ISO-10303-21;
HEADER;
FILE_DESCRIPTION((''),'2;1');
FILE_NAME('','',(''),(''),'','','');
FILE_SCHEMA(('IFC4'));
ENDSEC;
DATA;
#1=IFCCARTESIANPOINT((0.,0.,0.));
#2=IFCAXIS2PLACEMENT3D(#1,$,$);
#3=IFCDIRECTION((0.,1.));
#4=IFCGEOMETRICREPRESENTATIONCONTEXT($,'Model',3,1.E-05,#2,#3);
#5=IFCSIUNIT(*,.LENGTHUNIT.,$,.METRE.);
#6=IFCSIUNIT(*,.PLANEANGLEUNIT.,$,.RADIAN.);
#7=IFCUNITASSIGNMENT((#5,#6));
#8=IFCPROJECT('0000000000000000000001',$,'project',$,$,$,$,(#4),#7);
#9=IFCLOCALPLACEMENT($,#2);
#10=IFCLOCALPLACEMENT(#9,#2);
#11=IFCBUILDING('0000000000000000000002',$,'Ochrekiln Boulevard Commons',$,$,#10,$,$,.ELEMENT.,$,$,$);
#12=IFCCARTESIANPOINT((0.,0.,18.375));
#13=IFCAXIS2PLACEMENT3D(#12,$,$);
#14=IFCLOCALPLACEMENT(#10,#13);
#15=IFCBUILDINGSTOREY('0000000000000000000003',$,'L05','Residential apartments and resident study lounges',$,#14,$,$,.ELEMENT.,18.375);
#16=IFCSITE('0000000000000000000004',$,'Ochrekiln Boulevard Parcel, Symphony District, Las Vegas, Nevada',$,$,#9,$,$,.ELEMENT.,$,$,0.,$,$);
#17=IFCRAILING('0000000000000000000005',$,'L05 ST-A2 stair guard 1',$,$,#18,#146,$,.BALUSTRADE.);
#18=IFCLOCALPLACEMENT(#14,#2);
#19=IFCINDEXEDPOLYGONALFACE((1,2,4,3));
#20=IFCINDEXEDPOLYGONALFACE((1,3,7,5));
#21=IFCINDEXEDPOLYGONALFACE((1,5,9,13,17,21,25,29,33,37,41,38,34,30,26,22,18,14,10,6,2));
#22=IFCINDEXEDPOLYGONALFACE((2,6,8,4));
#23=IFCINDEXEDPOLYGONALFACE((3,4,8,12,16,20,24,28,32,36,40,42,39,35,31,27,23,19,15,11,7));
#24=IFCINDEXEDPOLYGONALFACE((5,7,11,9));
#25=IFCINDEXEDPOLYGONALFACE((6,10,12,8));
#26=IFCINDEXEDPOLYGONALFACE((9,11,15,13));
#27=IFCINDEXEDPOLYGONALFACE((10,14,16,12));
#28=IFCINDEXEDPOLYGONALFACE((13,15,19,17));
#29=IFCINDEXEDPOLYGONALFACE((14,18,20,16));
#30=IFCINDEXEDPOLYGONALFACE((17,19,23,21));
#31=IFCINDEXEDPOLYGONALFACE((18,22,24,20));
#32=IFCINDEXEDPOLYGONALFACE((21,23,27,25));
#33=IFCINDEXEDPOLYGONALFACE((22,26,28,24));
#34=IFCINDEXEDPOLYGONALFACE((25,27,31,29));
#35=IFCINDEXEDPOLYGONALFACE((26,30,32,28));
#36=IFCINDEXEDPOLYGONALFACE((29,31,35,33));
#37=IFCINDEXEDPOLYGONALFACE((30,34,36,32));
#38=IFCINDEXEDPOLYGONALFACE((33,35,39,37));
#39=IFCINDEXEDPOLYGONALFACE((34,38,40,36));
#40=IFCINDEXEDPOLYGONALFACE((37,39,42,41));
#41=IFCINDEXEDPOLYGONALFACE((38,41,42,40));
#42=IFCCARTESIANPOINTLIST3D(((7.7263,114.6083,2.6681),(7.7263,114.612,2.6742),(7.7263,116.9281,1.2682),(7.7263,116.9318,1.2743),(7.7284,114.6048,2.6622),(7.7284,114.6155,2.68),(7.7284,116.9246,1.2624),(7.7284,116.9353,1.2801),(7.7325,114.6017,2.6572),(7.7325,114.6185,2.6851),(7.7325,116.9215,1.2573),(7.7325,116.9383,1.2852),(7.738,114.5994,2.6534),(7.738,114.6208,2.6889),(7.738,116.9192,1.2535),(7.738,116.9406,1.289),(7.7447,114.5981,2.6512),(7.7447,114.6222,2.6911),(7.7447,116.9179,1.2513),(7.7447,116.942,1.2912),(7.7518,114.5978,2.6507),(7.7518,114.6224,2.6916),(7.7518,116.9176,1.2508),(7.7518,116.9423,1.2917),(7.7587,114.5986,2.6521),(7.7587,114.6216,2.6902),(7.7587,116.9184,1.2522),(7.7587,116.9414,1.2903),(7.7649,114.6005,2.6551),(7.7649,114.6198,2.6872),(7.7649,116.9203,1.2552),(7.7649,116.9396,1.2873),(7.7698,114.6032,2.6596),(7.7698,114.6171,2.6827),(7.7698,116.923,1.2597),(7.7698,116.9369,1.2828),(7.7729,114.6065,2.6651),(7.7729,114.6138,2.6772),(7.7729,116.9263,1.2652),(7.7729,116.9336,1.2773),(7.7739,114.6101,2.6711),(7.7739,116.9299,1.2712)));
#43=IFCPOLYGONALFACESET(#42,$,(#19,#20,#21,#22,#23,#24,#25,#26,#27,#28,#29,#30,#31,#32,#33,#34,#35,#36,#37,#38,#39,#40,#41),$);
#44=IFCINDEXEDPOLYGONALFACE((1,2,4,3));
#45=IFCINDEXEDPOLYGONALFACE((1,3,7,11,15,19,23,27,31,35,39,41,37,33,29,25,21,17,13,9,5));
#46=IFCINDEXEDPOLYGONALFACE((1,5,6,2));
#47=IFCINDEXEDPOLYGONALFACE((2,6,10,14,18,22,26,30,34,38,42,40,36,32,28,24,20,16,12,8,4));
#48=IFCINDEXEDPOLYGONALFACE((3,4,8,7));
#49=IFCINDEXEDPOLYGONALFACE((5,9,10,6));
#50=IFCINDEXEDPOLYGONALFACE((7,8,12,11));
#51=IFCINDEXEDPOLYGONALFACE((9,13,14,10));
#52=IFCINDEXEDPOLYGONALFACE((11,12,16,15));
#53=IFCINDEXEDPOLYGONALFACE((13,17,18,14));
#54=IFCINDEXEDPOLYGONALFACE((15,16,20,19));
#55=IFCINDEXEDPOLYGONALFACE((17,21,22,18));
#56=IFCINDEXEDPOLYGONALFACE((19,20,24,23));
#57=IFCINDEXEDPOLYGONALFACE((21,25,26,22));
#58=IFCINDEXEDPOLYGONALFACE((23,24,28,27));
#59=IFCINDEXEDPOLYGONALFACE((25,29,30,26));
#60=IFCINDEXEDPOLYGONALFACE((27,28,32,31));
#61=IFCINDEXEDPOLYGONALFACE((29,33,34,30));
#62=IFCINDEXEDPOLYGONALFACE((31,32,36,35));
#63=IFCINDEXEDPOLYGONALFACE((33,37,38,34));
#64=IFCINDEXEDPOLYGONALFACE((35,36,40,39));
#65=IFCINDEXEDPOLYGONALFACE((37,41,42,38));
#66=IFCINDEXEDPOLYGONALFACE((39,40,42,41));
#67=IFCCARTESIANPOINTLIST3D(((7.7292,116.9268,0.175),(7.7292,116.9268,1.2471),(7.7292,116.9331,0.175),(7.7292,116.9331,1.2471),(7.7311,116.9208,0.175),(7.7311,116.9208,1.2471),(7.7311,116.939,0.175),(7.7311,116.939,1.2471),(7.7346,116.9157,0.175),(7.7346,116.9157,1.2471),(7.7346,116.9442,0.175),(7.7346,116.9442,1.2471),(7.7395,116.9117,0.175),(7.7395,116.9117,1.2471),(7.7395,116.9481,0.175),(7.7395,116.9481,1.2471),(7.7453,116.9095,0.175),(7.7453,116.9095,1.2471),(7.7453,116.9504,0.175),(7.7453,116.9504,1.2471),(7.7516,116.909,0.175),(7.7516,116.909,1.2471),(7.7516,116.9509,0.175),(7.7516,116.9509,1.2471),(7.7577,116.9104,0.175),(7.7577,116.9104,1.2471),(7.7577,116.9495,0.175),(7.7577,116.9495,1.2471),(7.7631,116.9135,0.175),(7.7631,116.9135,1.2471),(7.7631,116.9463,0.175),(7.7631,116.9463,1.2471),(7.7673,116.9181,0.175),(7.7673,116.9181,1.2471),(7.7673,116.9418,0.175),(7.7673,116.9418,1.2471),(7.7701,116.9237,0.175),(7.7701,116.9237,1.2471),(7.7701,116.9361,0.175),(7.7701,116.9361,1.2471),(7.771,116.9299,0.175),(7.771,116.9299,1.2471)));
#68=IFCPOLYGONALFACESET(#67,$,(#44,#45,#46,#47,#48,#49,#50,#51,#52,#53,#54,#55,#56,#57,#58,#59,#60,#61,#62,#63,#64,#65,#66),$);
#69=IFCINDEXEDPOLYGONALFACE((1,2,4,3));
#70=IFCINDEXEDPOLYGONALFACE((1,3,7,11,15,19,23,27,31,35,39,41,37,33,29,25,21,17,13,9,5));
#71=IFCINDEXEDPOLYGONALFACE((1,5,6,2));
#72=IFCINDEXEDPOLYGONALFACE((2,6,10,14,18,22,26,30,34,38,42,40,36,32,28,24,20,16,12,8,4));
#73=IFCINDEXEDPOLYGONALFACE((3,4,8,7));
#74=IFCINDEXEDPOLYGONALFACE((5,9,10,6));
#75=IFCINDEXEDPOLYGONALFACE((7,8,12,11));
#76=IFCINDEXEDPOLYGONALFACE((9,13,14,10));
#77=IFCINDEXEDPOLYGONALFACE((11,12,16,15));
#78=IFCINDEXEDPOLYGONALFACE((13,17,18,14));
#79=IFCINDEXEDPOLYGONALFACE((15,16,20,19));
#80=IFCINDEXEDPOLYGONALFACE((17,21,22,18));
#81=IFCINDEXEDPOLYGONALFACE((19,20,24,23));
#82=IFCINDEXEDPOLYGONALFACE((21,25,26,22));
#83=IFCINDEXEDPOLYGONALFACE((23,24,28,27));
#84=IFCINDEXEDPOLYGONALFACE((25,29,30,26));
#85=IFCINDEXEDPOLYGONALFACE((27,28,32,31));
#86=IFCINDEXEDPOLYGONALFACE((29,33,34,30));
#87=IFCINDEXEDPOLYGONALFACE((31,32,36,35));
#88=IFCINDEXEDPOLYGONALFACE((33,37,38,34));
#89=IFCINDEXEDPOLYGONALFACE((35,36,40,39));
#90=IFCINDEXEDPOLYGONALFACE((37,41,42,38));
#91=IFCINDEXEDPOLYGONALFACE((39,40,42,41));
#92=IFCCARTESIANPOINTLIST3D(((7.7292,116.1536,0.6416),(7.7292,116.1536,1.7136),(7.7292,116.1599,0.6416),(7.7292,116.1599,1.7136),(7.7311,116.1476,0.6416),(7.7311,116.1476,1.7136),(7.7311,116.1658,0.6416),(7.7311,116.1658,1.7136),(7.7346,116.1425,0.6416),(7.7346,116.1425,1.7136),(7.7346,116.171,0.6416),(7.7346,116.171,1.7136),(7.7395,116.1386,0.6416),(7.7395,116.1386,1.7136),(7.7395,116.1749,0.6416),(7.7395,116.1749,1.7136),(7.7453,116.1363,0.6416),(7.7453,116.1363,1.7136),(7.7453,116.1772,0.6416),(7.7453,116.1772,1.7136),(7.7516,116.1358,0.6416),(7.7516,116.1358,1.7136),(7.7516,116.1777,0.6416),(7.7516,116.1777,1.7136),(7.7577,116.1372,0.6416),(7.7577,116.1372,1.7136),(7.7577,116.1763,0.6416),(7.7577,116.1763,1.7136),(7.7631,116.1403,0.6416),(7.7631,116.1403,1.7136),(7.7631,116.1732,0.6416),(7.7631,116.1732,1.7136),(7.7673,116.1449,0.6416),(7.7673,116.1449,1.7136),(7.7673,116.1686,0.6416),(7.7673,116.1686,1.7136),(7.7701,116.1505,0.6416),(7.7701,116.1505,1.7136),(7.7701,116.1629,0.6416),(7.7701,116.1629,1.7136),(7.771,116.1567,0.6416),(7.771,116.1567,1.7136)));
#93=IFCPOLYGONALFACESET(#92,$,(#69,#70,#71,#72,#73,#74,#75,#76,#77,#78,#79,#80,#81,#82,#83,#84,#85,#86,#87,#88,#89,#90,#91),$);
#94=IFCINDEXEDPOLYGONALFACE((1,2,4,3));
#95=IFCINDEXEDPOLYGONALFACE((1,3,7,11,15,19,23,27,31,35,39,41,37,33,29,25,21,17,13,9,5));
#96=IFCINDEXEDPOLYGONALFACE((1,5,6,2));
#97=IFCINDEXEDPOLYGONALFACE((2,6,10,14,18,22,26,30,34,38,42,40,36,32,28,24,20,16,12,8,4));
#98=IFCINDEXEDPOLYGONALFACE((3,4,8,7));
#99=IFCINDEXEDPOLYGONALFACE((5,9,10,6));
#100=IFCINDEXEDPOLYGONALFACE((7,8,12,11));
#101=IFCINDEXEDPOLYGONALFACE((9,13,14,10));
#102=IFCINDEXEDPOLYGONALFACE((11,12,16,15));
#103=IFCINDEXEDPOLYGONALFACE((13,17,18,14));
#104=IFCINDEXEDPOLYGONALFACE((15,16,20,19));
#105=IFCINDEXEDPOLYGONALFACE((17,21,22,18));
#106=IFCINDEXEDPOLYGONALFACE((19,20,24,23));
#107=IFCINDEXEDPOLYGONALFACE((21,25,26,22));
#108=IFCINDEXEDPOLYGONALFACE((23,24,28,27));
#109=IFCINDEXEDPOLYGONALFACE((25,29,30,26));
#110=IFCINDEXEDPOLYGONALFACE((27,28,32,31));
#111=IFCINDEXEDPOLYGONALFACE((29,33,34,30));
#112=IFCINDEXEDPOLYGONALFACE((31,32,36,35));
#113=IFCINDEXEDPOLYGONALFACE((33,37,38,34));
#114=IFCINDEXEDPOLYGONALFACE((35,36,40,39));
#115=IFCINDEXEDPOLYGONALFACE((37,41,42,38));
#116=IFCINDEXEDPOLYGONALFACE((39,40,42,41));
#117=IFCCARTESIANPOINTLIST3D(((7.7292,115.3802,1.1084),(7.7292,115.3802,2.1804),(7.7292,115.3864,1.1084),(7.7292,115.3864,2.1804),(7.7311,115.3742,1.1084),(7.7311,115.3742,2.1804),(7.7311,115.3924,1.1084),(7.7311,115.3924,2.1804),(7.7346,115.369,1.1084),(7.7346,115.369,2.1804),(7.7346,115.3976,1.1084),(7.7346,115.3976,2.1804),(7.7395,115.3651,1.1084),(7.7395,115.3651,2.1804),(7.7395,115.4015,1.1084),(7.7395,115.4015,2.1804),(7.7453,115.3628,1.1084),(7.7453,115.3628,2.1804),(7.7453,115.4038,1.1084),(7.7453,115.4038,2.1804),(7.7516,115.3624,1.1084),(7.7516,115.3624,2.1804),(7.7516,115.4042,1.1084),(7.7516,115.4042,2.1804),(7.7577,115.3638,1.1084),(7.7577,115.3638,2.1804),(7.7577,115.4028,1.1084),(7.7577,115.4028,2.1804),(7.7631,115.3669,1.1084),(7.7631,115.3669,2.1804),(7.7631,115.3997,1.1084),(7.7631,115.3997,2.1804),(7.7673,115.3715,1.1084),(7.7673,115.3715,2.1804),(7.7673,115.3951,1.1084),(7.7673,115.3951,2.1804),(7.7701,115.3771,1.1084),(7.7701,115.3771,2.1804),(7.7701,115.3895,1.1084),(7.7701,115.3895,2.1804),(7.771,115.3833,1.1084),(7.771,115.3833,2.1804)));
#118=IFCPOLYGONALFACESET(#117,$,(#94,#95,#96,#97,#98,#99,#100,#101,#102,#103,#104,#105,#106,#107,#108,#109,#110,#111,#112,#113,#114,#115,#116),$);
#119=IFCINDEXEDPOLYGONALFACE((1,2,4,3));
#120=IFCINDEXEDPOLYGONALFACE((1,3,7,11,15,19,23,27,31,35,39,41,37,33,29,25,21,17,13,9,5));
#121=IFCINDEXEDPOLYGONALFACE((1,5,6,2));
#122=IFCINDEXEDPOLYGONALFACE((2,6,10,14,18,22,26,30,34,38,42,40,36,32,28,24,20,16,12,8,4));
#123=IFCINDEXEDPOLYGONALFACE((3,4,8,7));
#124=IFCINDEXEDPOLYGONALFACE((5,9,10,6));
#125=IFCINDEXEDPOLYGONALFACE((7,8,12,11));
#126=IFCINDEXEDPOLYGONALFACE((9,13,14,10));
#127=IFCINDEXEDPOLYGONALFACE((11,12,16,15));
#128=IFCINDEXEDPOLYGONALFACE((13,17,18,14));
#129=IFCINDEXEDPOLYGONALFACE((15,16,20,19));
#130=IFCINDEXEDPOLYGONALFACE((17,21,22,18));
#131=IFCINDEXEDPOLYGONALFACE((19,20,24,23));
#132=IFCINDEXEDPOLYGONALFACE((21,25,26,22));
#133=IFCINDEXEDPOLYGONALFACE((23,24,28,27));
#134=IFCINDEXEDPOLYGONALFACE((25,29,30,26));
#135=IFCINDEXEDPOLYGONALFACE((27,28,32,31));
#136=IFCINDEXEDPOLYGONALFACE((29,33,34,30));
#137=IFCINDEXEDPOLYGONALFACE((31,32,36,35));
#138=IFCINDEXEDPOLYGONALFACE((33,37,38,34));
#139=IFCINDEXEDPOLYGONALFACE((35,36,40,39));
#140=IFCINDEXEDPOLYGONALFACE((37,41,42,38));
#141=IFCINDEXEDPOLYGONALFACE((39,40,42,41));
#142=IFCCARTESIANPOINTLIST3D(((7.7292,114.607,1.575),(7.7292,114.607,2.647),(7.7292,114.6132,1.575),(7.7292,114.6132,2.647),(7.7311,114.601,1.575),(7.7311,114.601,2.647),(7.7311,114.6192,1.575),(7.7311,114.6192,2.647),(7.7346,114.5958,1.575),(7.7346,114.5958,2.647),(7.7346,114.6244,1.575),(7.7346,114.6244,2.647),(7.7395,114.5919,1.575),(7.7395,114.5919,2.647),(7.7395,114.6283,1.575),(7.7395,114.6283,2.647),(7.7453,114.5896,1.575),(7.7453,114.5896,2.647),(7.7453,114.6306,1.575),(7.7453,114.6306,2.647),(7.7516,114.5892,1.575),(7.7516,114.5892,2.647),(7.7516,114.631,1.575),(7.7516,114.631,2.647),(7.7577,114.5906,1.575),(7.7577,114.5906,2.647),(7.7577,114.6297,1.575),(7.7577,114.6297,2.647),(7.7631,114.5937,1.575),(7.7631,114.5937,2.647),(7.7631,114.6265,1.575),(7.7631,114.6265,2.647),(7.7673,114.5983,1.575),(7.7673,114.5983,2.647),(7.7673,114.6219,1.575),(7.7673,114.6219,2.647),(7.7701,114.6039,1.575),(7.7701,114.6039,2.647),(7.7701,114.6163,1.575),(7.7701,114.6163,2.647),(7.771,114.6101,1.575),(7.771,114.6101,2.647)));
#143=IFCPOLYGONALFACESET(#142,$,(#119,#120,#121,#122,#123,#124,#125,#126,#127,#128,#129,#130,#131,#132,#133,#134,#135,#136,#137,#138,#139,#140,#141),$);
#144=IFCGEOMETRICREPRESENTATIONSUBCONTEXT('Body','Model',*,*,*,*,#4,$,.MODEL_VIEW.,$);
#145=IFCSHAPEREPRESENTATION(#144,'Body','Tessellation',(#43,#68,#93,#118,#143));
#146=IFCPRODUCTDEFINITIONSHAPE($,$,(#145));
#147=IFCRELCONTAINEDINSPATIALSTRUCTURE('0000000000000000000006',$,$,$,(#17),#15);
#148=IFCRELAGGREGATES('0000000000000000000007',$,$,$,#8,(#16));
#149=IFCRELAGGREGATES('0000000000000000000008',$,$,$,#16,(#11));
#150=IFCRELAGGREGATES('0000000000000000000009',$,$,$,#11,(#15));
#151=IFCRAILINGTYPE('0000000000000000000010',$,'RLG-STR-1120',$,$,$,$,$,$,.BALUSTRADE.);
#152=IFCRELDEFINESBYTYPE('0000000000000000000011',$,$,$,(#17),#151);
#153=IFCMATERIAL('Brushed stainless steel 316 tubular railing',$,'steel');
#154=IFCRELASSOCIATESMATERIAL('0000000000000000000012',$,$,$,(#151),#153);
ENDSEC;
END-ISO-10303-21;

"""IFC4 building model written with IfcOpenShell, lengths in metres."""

from ifc_helpers import new_model, si_unit, direction, frame, origin, origin_2d, place, context, subcontext, project, spatial, circle, extrude, material, type_object, element, save


model = new_model("IFC4")

# Units and contexts
model_context = context("Model", 3, precision=1e-05, world=origin(), true_north=direction((0.0, 1.0)))
body_context = subcontext(model_context, "Body", "Model", "MODEL_VIEW")
ifc_project = project(units=[si_unit("LENGTHUNIT", "METRE"), si_unit("PLANEANGLEUNIT", "RADIAN")], contexts=[model_context])

# Site, building, storey
site_placement = place(None, origin())
site = spatial("IfcSite", under=ifc_project, at=site_placement, Name="Ochrekiln Boulevard Parcel, Symphony District, Las Vegas, Nevada", CompositionType="ELEMENT", RefElevation=0.0)
building_placement = place(site_placement, origin())
building = spatial("IfcBuilding", under=site, at=building_placement, Name="Ochrekiln Boulevard Commons", CompositionType="ELEMENT")
storey_placement = place(building_placement, frame((0.0, 0.0, 18.375)))
storey = spatial("IfcBuildingStorey", under=building, at=storey_placement, Name="L05", Description="Residential apartments and resident study lounges", CompositionType="ELEMENT", Elevation=18.375)

# Railing
ifc_material_1 = material(Name="Brushed stainless steel 316 tubular railing", Category="steel")
railing_type_1 = type_object("IfcRailingType", Name="RLG-STR-1120", PredefinedType="BALUSTRADE", material=ifc_material_1)
railing_1_placement = place(storey_placement, frame((7.75, 116.9299, 0.175)))
element("IfcRailing", 1, at=railing_1_placement, inside=storey, type_object=railing_type_1, Name="L05 ST-A2 stair guard 1", PredefinedType="BALUSTRADE", context=body_context, shape_type="SweptSolid", body=[
    extrude(circle(Radius=0.0239, at=origin_2d()), frame((0.0, 0.0, 1.0962), z_axis=(0.0, -0.856186, 0.516667), x_axis=(1.0, 0.0, 0.0)), (0.0, 0.0, 1.0), 2.7095),
    extrude(circle(Radius=0.021, at=origin_2d()), origin(), (0.0, 0.0, 1.0), 1.072),
    extrude(circle(Radius=0.021, at=origin_2d()), frame((0.0, -0.7732, 0.4666)), (0.0, 0.0, 1.0), 1.072),
    extrude(circle(Radius=0.021, at=origin_2d()), frame((0.0, -1.5466, 0.9333)), (0.0, 0.0, 1.0), 1.072),
    extrude(circle(Radius=0.021, at=origin_2d()), frame((0.0, -2.3198, 1.3999)), (0.0, 0.0, 1.0), 1.072),
])

save(model, "model.ifc")
